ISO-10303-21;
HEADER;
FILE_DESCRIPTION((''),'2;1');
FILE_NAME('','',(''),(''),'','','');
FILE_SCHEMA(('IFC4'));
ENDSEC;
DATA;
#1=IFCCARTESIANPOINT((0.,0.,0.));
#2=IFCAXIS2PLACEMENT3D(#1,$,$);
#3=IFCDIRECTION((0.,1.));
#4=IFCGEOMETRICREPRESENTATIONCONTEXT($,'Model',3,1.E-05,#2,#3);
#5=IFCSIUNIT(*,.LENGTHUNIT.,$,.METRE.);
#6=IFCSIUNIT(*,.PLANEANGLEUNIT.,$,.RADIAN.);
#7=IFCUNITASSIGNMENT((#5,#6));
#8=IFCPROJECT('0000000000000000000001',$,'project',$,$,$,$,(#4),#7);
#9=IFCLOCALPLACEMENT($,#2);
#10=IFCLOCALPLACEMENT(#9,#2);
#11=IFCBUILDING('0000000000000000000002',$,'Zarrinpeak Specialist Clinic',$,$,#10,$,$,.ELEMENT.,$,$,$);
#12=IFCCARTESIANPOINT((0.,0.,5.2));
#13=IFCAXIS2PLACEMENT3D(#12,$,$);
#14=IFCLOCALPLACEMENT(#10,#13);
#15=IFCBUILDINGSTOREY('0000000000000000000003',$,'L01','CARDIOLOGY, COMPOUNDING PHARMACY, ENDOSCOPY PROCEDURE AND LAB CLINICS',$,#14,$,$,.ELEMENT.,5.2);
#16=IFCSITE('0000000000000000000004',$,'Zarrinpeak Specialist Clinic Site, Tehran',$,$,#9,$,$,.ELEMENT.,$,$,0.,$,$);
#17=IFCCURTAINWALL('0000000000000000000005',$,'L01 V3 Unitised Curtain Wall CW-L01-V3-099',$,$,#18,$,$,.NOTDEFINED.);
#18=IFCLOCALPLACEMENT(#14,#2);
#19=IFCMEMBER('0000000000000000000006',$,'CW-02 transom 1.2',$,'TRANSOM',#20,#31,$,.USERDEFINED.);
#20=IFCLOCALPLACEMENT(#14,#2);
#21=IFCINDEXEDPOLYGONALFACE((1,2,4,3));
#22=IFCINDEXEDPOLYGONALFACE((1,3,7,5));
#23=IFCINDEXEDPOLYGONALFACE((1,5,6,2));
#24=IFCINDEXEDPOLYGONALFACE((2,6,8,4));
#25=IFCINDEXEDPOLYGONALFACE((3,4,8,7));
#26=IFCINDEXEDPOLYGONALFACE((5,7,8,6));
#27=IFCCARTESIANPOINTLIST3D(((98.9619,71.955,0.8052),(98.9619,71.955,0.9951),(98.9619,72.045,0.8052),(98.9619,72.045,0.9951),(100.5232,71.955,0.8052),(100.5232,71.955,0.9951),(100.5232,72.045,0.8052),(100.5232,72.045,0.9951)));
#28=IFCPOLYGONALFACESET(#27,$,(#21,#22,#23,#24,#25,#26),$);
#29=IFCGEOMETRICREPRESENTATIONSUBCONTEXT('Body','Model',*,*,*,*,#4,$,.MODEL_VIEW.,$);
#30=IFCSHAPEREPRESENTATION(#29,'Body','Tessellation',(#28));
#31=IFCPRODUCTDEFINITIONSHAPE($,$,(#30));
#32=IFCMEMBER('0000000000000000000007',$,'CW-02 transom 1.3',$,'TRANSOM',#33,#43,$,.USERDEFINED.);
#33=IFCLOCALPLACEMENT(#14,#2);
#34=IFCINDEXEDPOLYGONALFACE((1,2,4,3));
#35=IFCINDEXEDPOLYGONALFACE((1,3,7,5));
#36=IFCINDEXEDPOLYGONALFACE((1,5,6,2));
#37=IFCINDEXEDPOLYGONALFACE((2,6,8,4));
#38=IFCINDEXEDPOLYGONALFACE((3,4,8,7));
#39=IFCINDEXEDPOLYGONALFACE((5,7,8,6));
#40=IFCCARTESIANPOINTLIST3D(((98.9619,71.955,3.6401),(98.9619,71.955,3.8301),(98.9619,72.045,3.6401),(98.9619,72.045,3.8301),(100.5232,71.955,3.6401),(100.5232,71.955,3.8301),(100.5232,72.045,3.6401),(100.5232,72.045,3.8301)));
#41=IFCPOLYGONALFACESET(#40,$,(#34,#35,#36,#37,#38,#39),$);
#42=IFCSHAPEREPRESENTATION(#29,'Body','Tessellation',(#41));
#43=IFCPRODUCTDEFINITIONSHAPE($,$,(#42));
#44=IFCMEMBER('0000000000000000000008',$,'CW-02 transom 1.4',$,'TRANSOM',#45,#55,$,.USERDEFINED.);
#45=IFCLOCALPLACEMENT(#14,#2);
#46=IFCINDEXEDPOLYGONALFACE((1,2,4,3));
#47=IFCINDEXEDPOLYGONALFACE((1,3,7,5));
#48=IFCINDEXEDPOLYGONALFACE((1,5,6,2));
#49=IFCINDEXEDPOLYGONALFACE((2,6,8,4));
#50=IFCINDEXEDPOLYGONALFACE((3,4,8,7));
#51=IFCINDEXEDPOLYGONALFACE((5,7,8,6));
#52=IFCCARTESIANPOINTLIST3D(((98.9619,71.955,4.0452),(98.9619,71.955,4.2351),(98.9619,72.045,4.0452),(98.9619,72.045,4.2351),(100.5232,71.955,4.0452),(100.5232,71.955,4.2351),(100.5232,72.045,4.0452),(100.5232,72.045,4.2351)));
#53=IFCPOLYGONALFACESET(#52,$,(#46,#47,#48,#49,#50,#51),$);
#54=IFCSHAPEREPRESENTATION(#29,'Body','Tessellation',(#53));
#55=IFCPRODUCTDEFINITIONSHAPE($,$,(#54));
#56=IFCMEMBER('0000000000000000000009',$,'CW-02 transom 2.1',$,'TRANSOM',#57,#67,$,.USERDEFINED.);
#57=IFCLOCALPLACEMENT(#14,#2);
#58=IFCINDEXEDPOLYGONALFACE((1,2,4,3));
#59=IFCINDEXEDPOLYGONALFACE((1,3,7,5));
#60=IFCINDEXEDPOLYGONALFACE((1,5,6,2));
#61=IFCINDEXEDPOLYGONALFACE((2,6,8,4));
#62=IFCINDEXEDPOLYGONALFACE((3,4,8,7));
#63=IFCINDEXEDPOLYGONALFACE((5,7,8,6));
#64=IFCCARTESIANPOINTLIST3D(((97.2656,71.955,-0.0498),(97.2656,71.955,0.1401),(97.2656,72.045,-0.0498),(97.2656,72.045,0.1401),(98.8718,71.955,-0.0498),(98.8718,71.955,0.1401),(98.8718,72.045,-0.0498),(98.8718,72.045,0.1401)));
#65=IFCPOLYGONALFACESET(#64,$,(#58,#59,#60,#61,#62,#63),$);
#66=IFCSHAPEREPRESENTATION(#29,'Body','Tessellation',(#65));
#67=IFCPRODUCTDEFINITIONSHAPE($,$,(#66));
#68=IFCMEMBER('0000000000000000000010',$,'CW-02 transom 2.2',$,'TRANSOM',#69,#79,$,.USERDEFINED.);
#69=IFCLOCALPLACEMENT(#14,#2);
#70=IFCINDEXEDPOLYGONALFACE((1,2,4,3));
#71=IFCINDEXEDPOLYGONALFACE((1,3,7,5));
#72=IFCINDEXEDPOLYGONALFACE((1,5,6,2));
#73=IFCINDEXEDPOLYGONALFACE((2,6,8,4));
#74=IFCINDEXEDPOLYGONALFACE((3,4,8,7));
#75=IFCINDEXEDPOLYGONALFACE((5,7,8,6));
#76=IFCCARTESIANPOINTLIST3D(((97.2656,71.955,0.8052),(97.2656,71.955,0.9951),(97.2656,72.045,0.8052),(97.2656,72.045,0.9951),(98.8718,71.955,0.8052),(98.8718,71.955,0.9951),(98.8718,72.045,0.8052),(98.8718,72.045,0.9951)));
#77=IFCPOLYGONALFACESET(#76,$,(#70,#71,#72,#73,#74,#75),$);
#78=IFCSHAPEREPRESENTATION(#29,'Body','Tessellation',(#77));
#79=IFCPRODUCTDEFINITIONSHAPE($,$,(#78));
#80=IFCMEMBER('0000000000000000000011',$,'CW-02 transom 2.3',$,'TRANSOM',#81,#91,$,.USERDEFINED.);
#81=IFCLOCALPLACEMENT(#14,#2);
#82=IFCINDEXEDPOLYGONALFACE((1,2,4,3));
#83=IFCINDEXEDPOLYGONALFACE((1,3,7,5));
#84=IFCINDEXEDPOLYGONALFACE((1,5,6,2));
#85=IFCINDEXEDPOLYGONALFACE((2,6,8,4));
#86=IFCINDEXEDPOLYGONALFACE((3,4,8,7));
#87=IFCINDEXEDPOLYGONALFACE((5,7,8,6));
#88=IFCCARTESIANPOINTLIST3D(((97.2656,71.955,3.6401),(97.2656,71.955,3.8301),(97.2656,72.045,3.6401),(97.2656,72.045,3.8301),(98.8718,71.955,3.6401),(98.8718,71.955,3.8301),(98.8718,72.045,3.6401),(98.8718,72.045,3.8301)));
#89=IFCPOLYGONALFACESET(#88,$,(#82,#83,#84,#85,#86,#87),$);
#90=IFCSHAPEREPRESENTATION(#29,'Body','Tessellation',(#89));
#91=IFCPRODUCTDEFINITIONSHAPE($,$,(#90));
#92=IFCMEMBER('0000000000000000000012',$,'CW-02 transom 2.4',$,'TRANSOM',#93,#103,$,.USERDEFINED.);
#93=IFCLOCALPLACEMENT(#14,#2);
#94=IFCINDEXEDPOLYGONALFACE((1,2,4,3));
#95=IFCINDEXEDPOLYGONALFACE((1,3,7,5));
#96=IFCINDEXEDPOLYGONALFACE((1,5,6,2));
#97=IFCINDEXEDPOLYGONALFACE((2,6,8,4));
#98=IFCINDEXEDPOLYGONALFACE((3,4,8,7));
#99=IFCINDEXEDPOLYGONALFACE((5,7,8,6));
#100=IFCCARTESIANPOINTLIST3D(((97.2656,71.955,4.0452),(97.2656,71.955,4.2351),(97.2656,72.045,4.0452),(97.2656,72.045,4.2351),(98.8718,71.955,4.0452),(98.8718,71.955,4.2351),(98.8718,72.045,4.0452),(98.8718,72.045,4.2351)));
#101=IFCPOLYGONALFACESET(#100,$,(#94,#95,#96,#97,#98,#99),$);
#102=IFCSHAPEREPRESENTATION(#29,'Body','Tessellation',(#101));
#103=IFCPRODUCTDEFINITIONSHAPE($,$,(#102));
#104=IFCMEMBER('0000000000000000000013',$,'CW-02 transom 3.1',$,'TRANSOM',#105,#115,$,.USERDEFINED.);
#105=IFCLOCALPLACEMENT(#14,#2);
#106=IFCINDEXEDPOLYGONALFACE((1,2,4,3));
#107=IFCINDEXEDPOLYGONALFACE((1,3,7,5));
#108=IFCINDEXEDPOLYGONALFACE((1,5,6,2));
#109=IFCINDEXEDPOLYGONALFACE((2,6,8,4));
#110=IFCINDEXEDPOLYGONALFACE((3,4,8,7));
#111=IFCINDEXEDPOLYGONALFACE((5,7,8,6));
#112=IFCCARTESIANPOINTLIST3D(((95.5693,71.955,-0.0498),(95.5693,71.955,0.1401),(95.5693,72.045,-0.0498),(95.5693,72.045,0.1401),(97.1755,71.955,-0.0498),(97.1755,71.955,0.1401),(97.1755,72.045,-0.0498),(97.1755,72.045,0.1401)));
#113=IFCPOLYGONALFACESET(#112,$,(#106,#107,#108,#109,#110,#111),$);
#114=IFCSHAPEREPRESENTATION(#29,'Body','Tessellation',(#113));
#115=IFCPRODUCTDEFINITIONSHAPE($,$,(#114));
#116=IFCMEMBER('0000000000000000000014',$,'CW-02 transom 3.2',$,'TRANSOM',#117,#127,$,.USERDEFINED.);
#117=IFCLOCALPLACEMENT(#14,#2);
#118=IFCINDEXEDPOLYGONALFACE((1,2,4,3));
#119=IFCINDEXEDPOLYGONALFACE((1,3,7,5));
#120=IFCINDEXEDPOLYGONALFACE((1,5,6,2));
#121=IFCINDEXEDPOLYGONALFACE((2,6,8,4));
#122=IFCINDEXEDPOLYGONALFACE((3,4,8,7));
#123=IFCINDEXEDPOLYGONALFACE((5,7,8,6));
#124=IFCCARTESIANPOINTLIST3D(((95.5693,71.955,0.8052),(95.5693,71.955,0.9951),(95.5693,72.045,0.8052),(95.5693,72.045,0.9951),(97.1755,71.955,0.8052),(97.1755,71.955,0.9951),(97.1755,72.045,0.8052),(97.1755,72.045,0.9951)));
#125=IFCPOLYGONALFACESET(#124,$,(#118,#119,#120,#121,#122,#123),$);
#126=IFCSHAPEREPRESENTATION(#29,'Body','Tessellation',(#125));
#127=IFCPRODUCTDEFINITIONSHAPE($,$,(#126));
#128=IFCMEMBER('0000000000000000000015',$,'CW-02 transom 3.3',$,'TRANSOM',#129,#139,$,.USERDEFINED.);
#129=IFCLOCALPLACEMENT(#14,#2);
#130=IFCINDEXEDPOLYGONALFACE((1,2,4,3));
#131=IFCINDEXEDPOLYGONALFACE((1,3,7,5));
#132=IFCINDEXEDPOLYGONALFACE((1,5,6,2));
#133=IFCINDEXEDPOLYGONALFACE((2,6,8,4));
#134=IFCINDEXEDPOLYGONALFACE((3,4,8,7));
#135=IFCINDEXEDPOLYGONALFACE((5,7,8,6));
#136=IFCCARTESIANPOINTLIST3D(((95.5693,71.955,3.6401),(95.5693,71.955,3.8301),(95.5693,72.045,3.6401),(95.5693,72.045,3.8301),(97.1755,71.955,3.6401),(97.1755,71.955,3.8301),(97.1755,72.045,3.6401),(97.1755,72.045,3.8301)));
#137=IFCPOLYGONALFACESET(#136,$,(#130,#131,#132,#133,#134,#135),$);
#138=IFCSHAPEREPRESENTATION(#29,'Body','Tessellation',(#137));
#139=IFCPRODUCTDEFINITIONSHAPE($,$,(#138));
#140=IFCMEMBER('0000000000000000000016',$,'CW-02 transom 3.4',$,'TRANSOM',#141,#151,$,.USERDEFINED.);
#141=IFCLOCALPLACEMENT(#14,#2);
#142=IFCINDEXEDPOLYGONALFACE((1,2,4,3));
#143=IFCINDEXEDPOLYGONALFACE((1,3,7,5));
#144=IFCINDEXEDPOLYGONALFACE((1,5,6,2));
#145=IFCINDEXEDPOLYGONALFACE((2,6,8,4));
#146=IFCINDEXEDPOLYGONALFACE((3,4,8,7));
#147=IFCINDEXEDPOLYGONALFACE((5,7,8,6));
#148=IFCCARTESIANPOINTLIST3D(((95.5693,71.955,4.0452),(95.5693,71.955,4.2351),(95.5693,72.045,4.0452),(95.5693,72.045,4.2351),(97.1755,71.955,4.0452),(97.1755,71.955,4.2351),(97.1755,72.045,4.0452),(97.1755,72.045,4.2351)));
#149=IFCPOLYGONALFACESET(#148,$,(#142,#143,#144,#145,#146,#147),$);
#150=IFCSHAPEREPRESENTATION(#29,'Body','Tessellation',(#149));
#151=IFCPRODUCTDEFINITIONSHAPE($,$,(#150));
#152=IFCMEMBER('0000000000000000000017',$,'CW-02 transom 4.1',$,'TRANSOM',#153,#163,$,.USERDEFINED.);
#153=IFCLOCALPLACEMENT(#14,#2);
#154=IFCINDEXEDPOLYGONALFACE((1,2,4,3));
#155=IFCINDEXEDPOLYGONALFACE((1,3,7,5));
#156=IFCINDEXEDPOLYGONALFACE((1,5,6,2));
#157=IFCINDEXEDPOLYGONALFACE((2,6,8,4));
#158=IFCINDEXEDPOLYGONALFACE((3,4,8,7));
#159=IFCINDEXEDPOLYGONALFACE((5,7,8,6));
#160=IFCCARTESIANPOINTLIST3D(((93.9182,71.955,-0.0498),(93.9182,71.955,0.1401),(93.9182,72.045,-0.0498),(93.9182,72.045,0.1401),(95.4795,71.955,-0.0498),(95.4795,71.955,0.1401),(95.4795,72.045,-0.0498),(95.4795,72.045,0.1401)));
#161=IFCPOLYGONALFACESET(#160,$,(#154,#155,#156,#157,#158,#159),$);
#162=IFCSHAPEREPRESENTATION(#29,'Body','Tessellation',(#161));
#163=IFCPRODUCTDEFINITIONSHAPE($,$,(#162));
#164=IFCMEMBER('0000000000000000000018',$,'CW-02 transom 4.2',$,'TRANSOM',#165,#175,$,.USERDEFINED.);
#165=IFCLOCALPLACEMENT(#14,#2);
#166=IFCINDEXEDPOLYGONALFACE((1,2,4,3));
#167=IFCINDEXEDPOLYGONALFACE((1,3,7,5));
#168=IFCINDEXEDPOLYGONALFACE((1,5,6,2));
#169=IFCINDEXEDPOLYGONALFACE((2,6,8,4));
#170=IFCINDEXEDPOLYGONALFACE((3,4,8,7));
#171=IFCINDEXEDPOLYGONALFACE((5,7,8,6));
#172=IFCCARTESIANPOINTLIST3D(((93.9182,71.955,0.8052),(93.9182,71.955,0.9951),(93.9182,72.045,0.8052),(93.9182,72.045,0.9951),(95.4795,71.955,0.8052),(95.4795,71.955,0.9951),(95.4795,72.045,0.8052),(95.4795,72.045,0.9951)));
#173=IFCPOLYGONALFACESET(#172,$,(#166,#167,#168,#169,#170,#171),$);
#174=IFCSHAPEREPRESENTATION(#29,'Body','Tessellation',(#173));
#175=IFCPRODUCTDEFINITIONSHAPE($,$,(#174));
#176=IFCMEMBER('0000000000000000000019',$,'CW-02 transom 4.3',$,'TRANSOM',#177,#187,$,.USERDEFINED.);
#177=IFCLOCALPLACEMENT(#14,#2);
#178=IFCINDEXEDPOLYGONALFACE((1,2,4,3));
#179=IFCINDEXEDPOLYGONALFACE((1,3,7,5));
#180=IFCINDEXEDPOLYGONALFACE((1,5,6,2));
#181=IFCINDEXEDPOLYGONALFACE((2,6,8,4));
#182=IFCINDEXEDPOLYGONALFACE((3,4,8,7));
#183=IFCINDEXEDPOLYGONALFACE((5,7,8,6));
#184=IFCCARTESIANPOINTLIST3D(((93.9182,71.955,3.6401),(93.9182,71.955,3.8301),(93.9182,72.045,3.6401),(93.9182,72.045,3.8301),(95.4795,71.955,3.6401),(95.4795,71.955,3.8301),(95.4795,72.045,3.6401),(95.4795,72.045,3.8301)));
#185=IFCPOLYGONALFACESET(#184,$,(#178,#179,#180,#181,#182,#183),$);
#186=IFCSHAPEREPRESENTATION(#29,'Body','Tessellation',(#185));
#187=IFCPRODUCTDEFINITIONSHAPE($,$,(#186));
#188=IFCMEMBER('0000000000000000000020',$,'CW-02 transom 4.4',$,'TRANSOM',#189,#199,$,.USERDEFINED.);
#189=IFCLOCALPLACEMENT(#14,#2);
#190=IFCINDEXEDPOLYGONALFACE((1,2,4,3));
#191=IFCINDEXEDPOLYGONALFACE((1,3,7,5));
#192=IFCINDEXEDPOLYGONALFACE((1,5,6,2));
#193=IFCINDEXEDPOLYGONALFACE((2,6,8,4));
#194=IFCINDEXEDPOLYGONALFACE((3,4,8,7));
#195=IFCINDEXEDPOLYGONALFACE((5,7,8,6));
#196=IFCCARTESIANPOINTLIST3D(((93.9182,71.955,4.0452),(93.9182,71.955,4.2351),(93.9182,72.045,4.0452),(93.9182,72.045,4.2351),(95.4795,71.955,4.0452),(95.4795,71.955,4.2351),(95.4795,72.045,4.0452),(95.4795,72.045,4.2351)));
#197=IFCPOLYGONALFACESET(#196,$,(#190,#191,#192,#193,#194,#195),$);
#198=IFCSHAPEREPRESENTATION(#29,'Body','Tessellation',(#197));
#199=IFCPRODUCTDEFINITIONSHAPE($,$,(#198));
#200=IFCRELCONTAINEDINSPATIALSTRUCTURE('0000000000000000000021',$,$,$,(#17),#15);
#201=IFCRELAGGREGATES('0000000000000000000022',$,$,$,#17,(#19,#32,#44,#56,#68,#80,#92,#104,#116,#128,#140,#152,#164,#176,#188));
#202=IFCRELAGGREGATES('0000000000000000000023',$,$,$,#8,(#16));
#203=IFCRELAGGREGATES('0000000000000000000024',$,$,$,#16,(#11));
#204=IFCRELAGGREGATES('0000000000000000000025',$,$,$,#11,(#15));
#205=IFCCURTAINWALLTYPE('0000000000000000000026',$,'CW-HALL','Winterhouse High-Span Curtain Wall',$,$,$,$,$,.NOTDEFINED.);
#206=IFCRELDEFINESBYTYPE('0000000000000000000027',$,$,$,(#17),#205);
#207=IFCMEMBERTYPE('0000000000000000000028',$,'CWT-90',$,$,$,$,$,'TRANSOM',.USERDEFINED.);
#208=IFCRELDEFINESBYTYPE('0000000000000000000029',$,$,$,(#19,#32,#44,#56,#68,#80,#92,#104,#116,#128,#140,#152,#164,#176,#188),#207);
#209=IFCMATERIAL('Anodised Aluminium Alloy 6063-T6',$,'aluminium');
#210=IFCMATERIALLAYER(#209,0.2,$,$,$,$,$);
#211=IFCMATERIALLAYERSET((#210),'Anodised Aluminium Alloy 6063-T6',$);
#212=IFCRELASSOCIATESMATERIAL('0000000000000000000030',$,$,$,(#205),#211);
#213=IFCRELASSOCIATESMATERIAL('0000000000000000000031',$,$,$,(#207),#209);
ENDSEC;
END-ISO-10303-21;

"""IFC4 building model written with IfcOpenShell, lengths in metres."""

from ifc_helpers import new_model, si_unit, direction, frame, origin, origin_2d, place, context, subcontext, project, spatial, rectangle, extrude, material, layer, layer_set, material_profile, profile_set, type_object, element, aggregate, save


model = new_model("IFC4")

# Units and contexts
model_context = context("Model", 3, precision=1e-05, world=origin(), true_north=direction((0.0, 1.0)))
body_context = subcontext(model_context, "Body", "Model", "MODEL_VIEW")
ifc_project = project(units=[si_unit("LENGTHUNIT", "METRE"), si_unit("PLANEANGLEUNIT", "RADIAN")], contexts=[model_context])

# Site, building, storey
site_placement = place(None, origin())
site = spatial("IfcSite", under=ifc_project, at=site_placement, Name="Zarrinpeak Specialist Clinic Site, Tehran", CompositionType="ELEMENT", RefElevation=0.0)
building_placement = place(site_placement, origin())
building = spatial("IfcBuilding", under=site, at=building_placement, Name="Zarrinpeak Specialist Clinic", CompositionType="ELEMENT")
storey_placement = place(building_placement, frame((0.0, 0.0, 5.2)))
storey = spatial("IfcBuildingStorey", under=building, at=storey_placement, Name="L01", Description="CARDIOLOGY, COMPOUNDING PHARMACY, ENDOSCOPY PROCEDURE AND LAB CLINICS", CompositionType="ELEMENT", Elevation=5.2)

# Curtain wall
ifc_material_1 = material(Name="Anodised Aluminium Alloy 6063-T6", Category="aluminium")
ifc_layer_1 = layer(ifc_material_1, 0.2)
ifc_layer_set_1 = layer_set([ifc_layer_1], Name="Anodised Aluminium Alloy 6063-T6")
curtain_wall_type = type_object("IfcCurtainWallType", Name="CW-HALL", Description="Winterhouse High-Span Curtain Wall", PredefinedType="NOTDEFINED", material=ifc_layer_set_1)
curtain_wall_1_placement = place(storey_placement, origin())
curtain_wall_1 = element("IfcCurtainWall", 1, at=curtain_wall_1_placement, inside=storey, type_object=curtain_wall_type, Name="L01 V3 Unitised Curtain Wall CW-L01-V3-099", PredefinedType="NOTDEFINED")

# Members
ifc_material_profile_1 = material_profile(ifc_material_1, rectangle(XDim=0.0901, YDim=0.1899, at=origin_2d()), Name="ALU 90x190")
ifc_profile_set_1 = profile_set([ifc_material_profile_1], Name="Anodised Aluminium Alloy 6063-T6")
member_type_1 = type_object("IfcMemberType", Name="CWT-90", ElementType="TRANSOM", PredefinedType="USERDEFINED", material=ifc_profile_set_1)
member_1_placement = place(storey_placement, frame((100.5232, 72.0, 0.9001), z_axis=(-1.0, 0.0, 0.0), x_axis=(0.0, -1.0, 0.0)))
member_1 = element("IfcMember", 2, at=member_1_placement, type_object=member_type_1, Name="CW-02 transom 1.2", ObjectType="TRANSOM", PredefinedType="USERDEFINED", context=body_context, shape_type="SweptSolid", body=[
    extrude(rectangle(XDim=0.0901, YDim=0.1899, at=origin_2d()), origin(), (0.0, 0.0, 1.0), 1.5613),
])
member_2_placement = place(storey_placement, frame((100.5232, 72.0, 3.7351), z_axis=(-1.0, 0.0, 0.0), x_axis=(0.0, -1.0, 0.0)))
member_2 = element("IfcMember", 3, at=member_2_placement, type_object=member_type_1, Name="CW-02 transom 1.3", ObjectType="TRANSOM", PredefinedType="USERDEFINED", context=body_context, shape_type="SweptSolid", body=[
    extrude(rectangle(XDim=0.0901, YDim=0.1899, at=origin_2d()), origin(), (0.0, 0.0, 1.0), 1.5613),
])
member_3_placement = place(storey_placement, frame((100.5232, 72.0, 4.1401), z_axis=(-1.0, 0.0, 0.0), x_axis=(0.0, -1.0, 0.0)))
member_3 = element("IfcMember", 4, at=member_3_placement, type_object=member_type_1, Name="CW-02 transom 1.4", ObjectType="TRANSOM", PredefinedType="USERDEFINED", context=body_context, shape_type="SweptSolid", body=[
    extrude(rectangle(XDim=0.0901, YDim=0.1899, at=origin_2d()), origin(), (0.0, 0.0, 1.0), 1.5613),
])
member_4_placement = place(storey_placement, frame((98.8718, 72.0, 0.0452), z_axis=(-1.0, 0.0, 0.0), x_axis=(0.0, -1.0, 0.0)))
member_4 = element("IfcMember", 5, at=member_4_placement, type_object=member_type_1, Name="CW-02 transom 2.1", ObjectType="TRANSOM", PredefinedType="USERDEFINED", context=body_context, shape_type="SweptSolid", body=[
    extrude(rectangle(XDim=0.0901, YDim=0.1899, at=origin_2d()), origin(), (0.0, 0.0, 1.0), 1.6062),
])
member_5_placement = place(storey_placement, frame((98.8718, 72.0, 0.9001), z_axis=(-1.0, 0.0, 0.0), x_axis=(0.0, -1.0, 0.0)))
member_5 = element("IfcMember", 6, at=member_5_placement, type_object=member_type_1, Name="CW-02 transom 2.2", ObjectType="TRANSOM", PredefinedType="USERDEFINED", context=body_context, shape_type="SweptSolid", body=[
    extrude(rectangle(XDim=0.0901, YDim=0.1899, at=origin_2d()), origin(), (0.0, 0.0, 1.0), 1.6062),
])
member_6_placement = place(storey_placement, frame((98.8718, 72.0, 3.7351), z_axis=(-1.0, 0.0, 0.0), x_axis=(0.0, -1.0, 0.0)))
member_6 = element("IfcMember", 7, at=member_6_placement, type_object=member_type_1, Name="CW-02 transom 2.3", ObjectType="TRANSOM", PredefinedType="USERDEFINED", context=body_context, shape_type="SweptSolid", body=[
    extrude(rectangle(XDim=0.0901, YDim=0.1899, at=origin_2d()), origin(), (0.0, 0.0, 1.0), 1.6062),
])
member_7_placement = place(storey_placement, frame((98.8718, 72.0, 4.1401), z_axis=(-1.0, 0.0, 0.0), x_axis=(0.0, -1.0, 0.0)))
member_7 = element("IfcMember", 8, at=member_7_placement, type_object=member_type_1, Name="CW-02 transom 2.4", ObjectType="TRANSOM", PredefinedType="USERDEFINED", context=body_context, shape_type="SweptSolid", body=[
    extrude(rectangle(XDim=0.0901, YDim=0.1899, at=origin_2d()), origin(), (0.0, 0.0, 1.0), 1.6062),
])
member_8_placement = place(storey_placement, frame((97.1755, 72.0, 0.0452), z_axis=(-1.0, 0.0, 0.0), x_axis=(0.0, -1.0, 0.0)))
member_8 = element("IfcMember", 9, at=member_8_placement, type_object=member_type_1, Name="CW-02 transom 3.1", ObjectType="TRANSOM", PredefinedType="USERDEFINED", context=body_context, shape_type="SweptSolid", body=[
    extrude(rectangle(XDim=0.0901, YDim=0.1899, at=origin_2d()), origin(), (0.0, 0.0, 1.0), 1.6062),
])
member_9_placement = place(storey_placement, frame((97.1755, 72.0, 0.9001), z_axis=(-1.0, 0.0, 0.0), x_axis=(0.0, -1.0, 0.0)))
member_9 = element("IfcMember", 10, at=member_9_placement, type_object=member_type_1, Name="CW-02 transom 3.2", ObjectType="TRANSOM", PredefinedType="USERDEFINED", context=body_context, shape_type="SweptSolid", body=[
    extrude(rectangle(XDim=0.0901, YDim=0.1899, at=origin_2d()), origin(), (0.0, 0.0, 1.0), 1.6062),
])
member_10_placement = place(storey_placement, frame((97.1755, 72.0, 3.7351), z_axis=(-1.0, 0.0, 0.0), x_axis=(0.0, -1.0, 0.0)))
member_10 = element("IfcMember", 11, at=member_10_placement, type_object=member_type_1, Name="CW-02 transom 3.3", ObjectType="TRANSOM", PredefinedType="USERDEFINED", context=body_context, shape_type="SweptSolid", body=[
    extrude(rectangle(XDim=0.0901, YDim=0.1899, at=origin_2d()), origin(), (0.0, 0.0, 1.0), 1.6062),
])
member_11_placement = place(storey_placement, frame((97.1755, 72.0, 4.1401), z_axis=(-1.0, 0.0, 0.0), x_axis=(0.0, -1.0, 0.0)))
member_11 = element("IfcMember", 12, at=member_11_placement, type_object=member_type_1, Name="CW-02 transom 3.4", ObjectType="TRANSOM", PredefinedType="USERDEFINED", context=body_context, shape_type="SweptSolid", body=[
    extrude(rectangle(XDim=0.0901, YDim=0.1899, at=origin_2d()), origin(), (0.0, 0.0, 1.0), 1.6062),
])
member_12_placement = place(storey_placement, frame((95.4795, 72.0, 0.0452), z_axis=(-1.0, 0.0, 0.0), x_axis=(0.0, -1.0, 0.0)))
member_12 = element("IfcMember", 13, at=member_12_placement, type_object=member_type_1, Name="CW-02 transom 4.1", ObjectType="TRANSOM", PredefinedType="USERDEFINED", context=body_context, shape_type="SweptSolid", body=[
    extrude(rectangle(XDim=0.0901, YDim=0.1899, at=origin_2d()), origin(), (0.0, 0.0, 1.0), 1.5613),
])
member_13_placement = place(storey_placement, frame((95.4795, 72.0, 0.9001), z_axis=(-1.0, 0.0, 0.0), x_axis=(0.0, -1.0, 0.0)))
member_13 = element("IfcMember", 14, at=member_13_placement, type_object=member_type_1, Name="CW-02 transom 4.2", ObjectType="TRANSOM", PredefinedType="USERDEFINED", context=body_context, shape_type="SweptSolid", body=[
    extrude(rectangle(XDim=0.0901, YDim=0.1899, at=origin_2d()), origin(), (0.0, 0.0, 1.0), 1.5613),
])
member_14_placement = place(storey_placement, frame((95.4795, 72.0, 3.7351), z_axis=(-1.0, 0.0, 0.0), x_axis=(0.0, -1.0, 0.0)))
member_14 = element("IfcMember", 15, at=member_14_placement, type_object=member_type_1, Name="CW-02 transom 4.3", ObjectType="TRANSOM", PredefinedType="USERDEFINED", context=body_context, shape_type="SweptSolid", body=[
    extrude(rectangle(XDim=0.0901, YDim=0.1899, at=origin_2d()), origin(), (0.0, 0.0, 1.0), 1.5613),
])
member_15_placement = place(storey_placement, frame((95.4795, 72.0, 4.1401), z_axis=(-1.0, 0.0, 0.0), x_axis=(0.0, -1.0, 0.0)))
member_15 = element("IfcMember", 16, at=member_15_placement, type_object=member_type_1, Name="CW-02 transom 4.4", ObjectType="TRANSOM", PredefinedType="USERDEFINED", context=body_context, shape_type="SweptSolid", body=[
    extrude(rectangle(XDim=0.0901, YDim=0.1899, at=origin_2d()), origin(), (0.0, 0.0, 1.0), 1.5613),
])

aggregate(curtain_wall_1, [member_1, member_2, member_3, member_4, member_5, member_6, member_7, member_8, member_9, member_10, member_11, member_12, member_13, member_14, member_15])

save(model, "model.ifc")
